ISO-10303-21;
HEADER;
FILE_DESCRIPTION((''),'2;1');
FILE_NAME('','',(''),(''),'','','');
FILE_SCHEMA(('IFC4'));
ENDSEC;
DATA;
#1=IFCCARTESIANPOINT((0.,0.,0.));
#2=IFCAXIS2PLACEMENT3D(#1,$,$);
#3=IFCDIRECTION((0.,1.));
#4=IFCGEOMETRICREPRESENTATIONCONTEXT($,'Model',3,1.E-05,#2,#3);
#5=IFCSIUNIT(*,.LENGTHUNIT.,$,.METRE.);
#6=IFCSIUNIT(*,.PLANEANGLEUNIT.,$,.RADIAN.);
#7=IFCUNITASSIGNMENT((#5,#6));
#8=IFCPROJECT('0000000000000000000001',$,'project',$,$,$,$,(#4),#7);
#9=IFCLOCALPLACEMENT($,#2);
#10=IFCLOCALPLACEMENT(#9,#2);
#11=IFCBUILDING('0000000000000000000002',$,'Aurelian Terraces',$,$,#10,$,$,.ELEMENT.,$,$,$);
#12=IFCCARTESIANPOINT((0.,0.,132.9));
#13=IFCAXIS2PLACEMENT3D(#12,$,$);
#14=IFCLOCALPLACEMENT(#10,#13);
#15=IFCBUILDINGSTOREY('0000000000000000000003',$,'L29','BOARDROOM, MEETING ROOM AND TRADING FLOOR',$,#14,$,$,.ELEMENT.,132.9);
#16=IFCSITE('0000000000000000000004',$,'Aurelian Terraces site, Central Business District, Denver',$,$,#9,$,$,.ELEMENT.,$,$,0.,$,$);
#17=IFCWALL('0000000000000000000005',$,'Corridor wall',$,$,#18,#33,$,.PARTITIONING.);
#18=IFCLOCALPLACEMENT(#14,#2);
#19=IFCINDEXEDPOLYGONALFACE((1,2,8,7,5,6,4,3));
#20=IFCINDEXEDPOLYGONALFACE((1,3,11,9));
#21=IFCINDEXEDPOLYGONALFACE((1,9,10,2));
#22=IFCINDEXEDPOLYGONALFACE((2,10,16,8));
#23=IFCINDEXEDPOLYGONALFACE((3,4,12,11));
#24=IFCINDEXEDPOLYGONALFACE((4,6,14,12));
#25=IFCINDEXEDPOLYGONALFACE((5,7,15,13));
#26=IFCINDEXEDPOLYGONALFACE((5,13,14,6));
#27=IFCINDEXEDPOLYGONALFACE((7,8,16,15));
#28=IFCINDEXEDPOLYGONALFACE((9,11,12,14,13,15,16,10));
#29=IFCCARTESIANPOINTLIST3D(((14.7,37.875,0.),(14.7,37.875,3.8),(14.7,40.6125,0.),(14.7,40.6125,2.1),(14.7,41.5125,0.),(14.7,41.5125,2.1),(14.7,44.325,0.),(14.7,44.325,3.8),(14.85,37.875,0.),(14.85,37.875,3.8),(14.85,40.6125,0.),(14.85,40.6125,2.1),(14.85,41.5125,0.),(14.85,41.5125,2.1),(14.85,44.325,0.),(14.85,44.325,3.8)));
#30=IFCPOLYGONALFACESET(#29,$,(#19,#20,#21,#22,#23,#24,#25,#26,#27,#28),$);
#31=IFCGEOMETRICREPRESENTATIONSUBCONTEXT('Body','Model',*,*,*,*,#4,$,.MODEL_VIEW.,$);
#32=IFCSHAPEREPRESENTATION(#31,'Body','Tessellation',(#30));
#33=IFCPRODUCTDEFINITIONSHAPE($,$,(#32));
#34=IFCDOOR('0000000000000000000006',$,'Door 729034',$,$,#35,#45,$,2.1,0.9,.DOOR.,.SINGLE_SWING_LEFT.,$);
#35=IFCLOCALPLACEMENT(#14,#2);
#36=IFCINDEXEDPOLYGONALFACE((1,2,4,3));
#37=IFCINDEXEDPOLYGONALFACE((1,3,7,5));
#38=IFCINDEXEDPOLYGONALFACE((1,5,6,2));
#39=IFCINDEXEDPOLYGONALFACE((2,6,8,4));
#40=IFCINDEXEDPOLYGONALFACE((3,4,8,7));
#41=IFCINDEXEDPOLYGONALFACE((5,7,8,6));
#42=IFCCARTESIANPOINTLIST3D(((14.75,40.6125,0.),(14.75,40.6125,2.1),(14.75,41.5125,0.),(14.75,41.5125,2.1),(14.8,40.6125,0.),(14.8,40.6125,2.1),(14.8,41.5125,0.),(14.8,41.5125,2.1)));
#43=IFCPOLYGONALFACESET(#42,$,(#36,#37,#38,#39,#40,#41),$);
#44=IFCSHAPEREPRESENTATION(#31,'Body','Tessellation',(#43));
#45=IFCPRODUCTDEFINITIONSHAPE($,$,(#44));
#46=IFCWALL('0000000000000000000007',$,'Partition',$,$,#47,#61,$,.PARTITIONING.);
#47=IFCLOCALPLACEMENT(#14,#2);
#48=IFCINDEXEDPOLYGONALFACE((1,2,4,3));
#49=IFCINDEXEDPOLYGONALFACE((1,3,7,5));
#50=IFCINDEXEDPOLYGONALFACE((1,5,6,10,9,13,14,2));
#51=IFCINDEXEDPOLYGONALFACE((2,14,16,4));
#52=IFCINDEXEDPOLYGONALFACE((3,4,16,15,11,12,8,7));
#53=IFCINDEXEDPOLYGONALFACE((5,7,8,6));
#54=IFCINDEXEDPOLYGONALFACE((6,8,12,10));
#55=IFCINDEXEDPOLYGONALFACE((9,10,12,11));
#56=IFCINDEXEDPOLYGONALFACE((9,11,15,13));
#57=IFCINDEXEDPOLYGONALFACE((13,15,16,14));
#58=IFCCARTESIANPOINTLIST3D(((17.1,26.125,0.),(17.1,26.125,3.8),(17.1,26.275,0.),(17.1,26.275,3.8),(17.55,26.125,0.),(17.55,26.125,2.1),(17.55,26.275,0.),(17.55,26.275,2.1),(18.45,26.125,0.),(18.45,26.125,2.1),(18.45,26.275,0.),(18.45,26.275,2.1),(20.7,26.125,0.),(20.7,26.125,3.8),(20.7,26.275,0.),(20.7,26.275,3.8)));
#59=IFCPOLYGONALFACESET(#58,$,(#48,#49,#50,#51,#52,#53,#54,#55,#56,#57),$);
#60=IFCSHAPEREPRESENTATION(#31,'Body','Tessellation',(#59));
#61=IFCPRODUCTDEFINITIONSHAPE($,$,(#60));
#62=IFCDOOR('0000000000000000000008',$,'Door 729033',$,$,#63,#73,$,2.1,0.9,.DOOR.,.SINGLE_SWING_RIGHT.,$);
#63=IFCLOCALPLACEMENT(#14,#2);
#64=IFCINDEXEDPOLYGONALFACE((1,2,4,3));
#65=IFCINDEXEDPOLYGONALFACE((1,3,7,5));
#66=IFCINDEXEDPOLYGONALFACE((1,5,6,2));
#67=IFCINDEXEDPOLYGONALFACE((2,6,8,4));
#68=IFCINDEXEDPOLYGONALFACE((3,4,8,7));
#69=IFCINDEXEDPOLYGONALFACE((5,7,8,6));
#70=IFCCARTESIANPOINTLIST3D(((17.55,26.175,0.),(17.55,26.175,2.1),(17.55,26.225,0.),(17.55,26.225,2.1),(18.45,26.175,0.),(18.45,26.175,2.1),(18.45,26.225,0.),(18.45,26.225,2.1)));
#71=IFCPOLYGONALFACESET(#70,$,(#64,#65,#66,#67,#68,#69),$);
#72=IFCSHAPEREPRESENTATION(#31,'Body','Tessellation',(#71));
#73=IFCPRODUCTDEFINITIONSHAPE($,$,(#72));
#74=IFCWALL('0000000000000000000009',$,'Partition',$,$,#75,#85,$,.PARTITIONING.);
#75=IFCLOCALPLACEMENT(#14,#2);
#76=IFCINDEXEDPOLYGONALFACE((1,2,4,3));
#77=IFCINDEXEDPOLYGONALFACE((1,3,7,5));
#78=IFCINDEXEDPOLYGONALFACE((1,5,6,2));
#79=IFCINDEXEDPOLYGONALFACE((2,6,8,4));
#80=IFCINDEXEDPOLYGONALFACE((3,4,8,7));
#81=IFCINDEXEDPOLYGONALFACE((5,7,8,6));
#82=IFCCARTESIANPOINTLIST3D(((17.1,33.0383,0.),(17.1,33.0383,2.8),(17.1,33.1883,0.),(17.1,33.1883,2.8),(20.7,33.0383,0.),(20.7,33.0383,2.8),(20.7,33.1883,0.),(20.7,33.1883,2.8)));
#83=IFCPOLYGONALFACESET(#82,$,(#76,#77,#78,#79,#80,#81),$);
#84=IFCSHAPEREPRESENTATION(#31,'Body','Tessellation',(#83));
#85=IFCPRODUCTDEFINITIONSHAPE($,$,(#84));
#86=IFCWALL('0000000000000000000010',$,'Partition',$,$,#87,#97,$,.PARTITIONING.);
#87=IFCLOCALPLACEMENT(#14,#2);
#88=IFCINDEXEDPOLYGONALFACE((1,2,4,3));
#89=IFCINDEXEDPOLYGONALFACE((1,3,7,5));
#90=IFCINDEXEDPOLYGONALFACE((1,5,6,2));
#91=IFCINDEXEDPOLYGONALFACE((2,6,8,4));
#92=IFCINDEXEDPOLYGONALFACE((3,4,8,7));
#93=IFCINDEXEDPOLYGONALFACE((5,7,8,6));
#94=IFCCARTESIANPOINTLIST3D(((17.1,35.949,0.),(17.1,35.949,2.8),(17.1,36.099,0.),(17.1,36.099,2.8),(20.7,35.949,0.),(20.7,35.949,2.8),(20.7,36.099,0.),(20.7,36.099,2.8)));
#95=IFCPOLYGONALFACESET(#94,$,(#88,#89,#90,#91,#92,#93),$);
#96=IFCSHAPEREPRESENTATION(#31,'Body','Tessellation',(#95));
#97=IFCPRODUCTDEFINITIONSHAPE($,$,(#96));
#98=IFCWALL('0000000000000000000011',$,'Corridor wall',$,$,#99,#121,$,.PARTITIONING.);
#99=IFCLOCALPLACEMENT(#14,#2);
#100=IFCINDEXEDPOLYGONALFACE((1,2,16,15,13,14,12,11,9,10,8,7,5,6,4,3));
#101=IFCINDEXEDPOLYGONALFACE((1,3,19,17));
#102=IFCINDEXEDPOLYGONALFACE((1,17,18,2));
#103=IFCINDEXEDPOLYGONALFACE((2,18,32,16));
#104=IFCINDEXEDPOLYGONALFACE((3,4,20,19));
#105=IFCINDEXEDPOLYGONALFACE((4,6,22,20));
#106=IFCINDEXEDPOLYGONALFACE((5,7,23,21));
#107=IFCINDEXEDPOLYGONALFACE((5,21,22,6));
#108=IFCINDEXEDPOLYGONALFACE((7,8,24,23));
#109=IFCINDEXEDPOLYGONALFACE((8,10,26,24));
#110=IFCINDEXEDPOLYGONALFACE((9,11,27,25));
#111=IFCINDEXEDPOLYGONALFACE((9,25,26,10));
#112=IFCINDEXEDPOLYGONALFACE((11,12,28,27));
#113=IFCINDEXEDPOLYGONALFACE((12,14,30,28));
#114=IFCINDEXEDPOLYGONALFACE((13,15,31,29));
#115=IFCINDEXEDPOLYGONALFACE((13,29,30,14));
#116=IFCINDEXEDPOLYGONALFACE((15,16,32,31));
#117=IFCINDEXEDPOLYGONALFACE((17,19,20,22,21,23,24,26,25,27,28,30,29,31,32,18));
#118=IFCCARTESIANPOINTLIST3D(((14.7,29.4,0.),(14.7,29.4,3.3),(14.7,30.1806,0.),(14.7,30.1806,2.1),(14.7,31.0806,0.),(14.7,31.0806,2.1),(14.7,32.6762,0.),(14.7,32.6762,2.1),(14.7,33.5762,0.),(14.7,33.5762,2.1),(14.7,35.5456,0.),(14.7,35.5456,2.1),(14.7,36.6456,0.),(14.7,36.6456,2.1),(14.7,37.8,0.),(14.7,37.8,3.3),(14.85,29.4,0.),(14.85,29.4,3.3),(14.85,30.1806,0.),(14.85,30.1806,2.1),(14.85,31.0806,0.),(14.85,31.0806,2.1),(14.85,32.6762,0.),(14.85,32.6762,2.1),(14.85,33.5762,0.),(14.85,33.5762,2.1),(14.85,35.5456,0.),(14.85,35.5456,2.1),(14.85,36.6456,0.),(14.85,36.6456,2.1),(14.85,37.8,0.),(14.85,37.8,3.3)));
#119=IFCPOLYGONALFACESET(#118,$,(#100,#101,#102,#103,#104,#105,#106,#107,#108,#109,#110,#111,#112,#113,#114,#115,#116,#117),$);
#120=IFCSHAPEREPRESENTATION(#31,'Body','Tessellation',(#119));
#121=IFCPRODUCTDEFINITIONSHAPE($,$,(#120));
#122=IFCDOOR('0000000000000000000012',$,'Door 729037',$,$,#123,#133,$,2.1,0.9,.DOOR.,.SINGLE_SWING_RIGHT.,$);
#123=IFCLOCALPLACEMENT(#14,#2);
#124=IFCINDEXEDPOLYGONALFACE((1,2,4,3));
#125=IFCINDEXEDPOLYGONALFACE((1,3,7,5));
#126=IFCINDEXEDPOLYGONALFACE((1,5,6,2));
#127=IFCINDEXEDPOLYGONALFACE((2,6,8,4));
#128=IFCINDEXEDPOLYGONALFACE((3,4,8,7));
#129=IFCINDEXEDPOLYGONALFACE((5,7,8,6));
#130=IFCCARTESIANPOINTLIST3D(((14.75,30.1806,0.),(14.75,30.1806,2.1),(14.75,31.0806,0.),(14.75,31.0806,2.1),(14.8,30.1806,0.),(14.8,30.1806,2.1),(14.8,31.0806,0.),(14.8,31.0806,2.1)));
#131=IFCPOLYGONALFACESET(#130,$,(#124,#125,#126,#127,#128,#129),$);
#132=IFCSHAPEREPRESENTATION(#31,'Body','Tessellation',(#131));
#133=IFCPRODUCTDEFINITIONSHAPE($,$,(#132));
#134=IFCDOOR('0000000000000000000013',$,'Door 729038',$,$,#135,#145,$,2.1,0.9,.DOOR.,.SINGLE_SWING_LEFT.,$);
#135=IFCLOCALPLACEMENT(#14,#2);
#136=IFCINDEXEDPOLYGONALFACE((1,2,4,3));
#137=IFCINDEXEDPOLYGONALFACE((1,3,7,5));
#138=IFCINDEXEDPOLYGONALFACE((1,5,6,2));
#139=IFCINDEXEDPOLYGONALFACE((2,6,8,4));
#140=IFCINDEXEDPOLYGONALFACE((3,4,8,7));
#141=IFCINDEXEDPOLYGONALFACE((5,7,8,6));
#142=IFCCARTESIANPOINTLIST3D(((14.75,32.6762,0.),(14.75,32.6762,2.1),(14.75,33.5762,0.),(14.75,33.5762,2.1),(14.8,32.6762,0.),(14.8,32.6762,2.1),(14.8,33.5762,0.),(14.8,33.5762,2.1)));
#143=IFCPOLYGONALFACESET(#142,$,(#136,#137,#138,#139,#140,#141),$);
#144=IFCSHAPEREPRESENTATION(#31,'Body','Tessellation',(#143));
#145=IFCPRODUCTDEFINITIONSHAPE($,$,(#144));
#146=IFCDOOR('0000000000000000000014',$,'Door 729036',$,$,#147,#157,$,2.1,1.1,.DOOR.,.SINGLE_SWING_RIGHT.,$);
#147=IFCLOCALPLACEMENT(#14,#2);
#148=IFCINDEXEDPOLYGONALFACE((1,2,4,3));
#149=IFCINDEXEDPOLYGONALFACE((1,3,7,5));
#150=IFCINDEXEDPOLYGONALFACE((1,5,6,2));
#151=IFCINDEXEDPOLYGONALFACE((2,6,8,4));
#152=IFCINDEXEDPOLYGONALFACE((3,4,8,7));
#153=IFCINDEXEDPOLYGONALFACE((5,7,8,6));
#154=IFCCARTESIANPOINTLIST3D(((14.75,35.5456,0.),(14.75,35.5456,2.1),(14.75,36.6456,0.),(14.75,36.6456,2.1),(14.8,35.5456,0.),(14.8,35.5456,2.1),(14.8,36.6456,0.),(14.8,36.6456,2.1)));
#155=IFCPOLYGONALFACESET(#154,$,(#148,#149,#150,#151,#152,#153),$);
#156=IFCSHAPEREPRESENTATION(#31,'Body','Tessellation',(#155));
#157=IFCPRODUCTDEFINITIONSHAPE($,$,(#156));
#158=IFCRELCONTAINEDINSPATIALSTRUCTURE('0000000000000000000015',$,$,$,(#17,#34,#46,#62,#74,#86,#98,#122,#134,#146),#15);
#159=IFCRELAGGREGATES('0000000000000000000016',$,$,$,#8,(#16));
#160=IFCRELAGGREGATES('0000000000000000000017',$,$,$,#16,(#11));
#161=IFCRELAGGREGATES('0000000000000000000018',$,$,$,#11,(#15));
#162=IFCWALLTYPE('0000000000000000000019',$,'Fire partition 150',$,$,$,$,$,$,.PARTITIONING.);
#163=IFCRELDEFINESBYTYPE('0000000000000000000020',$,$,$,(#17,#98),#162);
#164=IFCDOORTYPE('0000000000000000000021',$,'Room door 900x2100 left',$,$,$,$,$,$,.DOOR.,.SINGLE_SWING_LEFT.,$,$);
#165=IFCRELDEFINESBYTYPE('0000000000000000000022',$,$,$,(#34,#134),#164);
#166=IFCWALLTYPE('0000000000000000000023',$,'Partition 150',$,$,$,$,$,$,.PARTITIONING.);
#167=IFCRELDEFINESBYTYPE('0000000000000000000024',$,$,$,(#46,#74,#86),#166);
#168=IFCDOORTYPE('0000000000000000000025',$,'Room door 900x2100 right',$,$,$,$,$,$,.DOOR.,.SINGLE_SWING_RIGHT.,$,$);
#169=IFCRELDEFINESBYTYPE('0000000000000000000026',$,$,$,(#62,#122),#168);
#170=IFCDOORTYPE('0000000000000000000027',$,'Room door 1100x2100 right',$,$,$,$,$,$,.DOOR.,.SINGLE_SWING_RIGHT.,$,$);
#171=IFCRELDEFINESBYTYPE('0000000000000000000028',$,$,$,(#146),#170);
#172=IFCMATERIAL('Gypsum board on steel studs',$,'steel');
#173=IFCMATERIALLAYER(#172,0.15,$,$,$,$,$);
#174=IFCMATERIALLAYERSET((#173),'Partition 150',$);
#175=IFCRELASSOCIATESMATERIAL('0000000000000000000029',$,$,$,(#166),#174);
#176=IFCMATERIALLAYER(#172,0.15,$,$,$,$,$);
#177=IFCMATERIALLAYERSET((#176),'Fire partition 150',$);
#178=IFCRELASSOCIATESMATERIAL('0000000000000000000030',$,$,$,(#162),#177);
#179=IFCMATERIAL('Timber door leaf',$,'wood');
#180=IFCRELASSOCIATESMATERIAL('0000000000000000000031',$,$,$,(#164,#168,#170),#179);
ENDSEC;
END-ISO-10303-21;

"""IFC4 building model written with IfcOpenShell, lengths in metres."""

from ifc_helpers import new_model, si_unit, direction, frame, frame_2d, origin, place, context, subcontext, project, spatial, rectangle, extrude, source, transform, mapped, material, layer, layer_set, type_object, element, fill, save


model = new_model("IFC4")

# Units and contexts
model_context = context("Model", 3, precision=1e-05, world=origin(), true_north=direction((0.0, 1.0)))
body_context = subcontext(model_context, "Body", "Model", "MODEL_VIEW")
ifc_project = project(units=[si_unit("LENGTHUNIT", "METRE"), si_unit("PLANEANGLEUNIT", "RADIAN")], contexts=[model_context])

# Site, building, storey
site_placement = place(None, origin())
site = spatial("IfcSite", under=ifc_project, at=site_placement, Name="Aurelian Terraces site, Central Business District, Denver", CompositionType="ELEMENT", RefElevation=0.0)
building_placement = place(site_placement, origin())
building = spatial("IfcBuilding", under=site, at=building_placement, Name="Aurelian Terraces", CompositionType="ELEMENT")
storey_placement = place(building_placement, frame((0.0, 0.0, 132.9)))
storey = spatial("IfcBuildingStorey", under=building, at=storey_placement, Name="L29", Description="BOARDROOM, MEETING ROOM AND TRADING FLOOR", CompositionType="ELEMENT", Elevation=132.9)

# Shared definitions
ifc_material_1 = material(Name="Gypsum board on steel studs", Category="steel")
ifc_layer_1 = layer(ifc_material_1, 0.15)
ifc_layer_set_1 = layer_set([ifc_layer_1], Name="Partition 150")
wall_type_1 = type_object("IfcWallType", Name="Partition 150", PredefinedType="PARTITIONING", material=ifc_layer_set_1)

# Shared definitions
ifc_material_2 = material(Name="Timber door leaf", Category="wood")

# Walls, openings, doors
ifc_layer_2 = layer(ifc_material_1, 0.15)
ifc_layer_set_2 = layer_set([ifc_layer_2], Name="Fire partition 150")
wall_type_2 = type_object("IfcWallType", Name="Fire partition 150", PredefinedType="PARTITIONING", material=ifc_layer_set_2)
shared_shape_1 = source(origin(), body_context, "Body", "SweptSolid", [
    extrude(rectangle(XDim=6.45, YDim=0.15, at=frame_2d((3.225, 0.0))), origin(), (0.0, 0.0, 1.0), 3.8),
])
wall_1_placement = place(storey_placement, frame((14.775, 37.875, 0.0), z_axis=(0.0, 0.0, 1.0), x_axis=(0.0, 1.0, 0.0)))
wall_1 = element("IfcWall", 1, at=wall_1_placement, inside=storey, type_object=wall_type_2, Name="Corridor wall", PredefinedType="PARTITIONING", context=body_context, shape_type="MappedRepresentation", body=[
    mapped(shared_shape_1, transform((0.0, 0.0, 0.0), scale=1.0)),
])
shared_shape_2 = source(origin(), body_context, "Body", "SweptSolid", [
    extrude(rectangle(XDim=0.9, YDim=2.1, at=frame_2d((0.45, 1.05))), frame((0.0, 0.085, 0.0), z_axis=(0.0, -1.0, 0.0), x_axis=(1.0, 0.0, 0.0)), (0.0, 0.0, 1.0), 0.17),
])
opening_1_placement = place(wall_1_placement, frame((2.7375, 0.0, 0.0)))
opening_1 = element("IfcOpeningElement", 2, at=opening_1_placement, cuts=wall_1, PredefinedType="OPENING", context=body_context, shape_type="MappedRepresentation", body=[
    mapped(shared_shape_2, transform((0.0, 0.0, 0.0), scale=1.0)),
])
door_type_1 = type_object("IfcDoorType", Name="Room door 900x2100 left", OperationType="SINGLE_SWING_LEFT", PredefinedType="DOOR", material=ifc_material_2)
shared_shape_3 = source(origin(), body_context, "Body", "SweptSolid", [
    extrude(rectangle(XDim=0.9, YDim=2.1, at=frame_2d((0.45, 1.05))), frame((0.0, 0.025, 0.0), z_axis=(0.0, -1.0, 0.0), x_axis=(1.0, 0.0, 0.0)), (0.0, 0.0, 1.0), 0.05),
])
door_1_placement = place(opening_1_placement, origin())
door_1 = element("IfcDoor", 3, at=door_1_placement, inside=storey, type_object=door_type_1, Name="Door 729034", OperationType="SINGLE_SWING_LEFT", OverallHeight=2.1, OverallWidth=0.9, PredefinedType="DOOR", context=body_context, shape_type="MappedRepresentation", body=[
    mapped(shared_shape_3, transform((0.0, 0.0, 0.0), scale=1.0)),
])
fill(opening_1, door_1)
shared_shape_4 = source(origin(), body_context, "Body", "SweptSolid", [
    extrude(rectangle(XDim=3.6, YDim=0.15, at=frame_2d((1.8, 0.0))), origin(), (0.0, 0.0, 1.0), 3.8),
])
wall_2_placement = place(storey_placement, frame((17.1, 26.2, 0.0), z_axis=(0.0, 0.0, 1.0), x_axis=(1.0, 0.0, 0.0)))
wall_2 = element("IfcWall", 4, at=wall_2_placement, inside=storey, type_object=wall_type_1, Name="Partition", PredefinedType="PARTITIONING", context=body_context, shape_type="MappedRepresentation", body=[
    mapped(shared_shape_4, transform((0.0, 0.0, 0.0), scale=1.0)),
])
opening_2_placement = place(wall_2_placement, frame((0.45, 0.0, 0.0)))
opening_2 = element("IfcOpeningElement", 5, at=opening_2_placement, cuts=wall_2, PredefinedType="OPENING", context=body_context, shape_type="MappedRepresentation", body=[
    mapped(shared_shape_2, transform((0.0, 0.0, 0.0), scale=1.0)),
])
door_type_2 = type_object("IfcDoorType", Name="Room door 900x2100 right", OperationType="SINGLE_SWING_RIGHT", PredefinedType="DOOR", material=ifc_material_2)
door_2_placement = place(opening_2_placement, origin())
door_2 = element("IfcDoor", 6, at=door_2_placement, inside=storey, type_object=door_type_2, Name="Door 729033", OperationType="SINGLE_SWING_RIGHT", OverallHeight=2.1, OverallWidth=0.9, PredefinedType="DOOR", context=body_context, shape_type="MappedRepresentation", body=[
    mapped(shared_shape_3, transform((0.0, 0.0, 0.0), scale=1.0)),
])
fill(opening_2, door_2)

# Walls
shared_shape_5 = source(origin(), body_context, "Body", "SweptSolid", [
    extrude(rectangle(XDim=3.6, YDim=0.15, at=frame_2d((1.8, 0.0))), origin(), (0.0, 0.0, 1.0), 2.8),
])
for number, where, z_axis, x_axis, name in (
    (7, (17.1, 33.1133, 0.0), (0.0, 0.0, 1.0), (1.0, 0.0, 0.0), "Partition"),
    (8, (17.1, 36.024, 0.0), (0.0, 0.0, 1.0), (1.0, 0.0, 0.0), "Partition"),
):
    element("IfcWall", number, at=place(storey_placement, frame(where, z_axis=z_axis, x_axis=x_axis)), inside=storey, type_object=wall_type_1, Name=name, PredefinedType="PARTITIONING", context=body_context, shape_type="MappedRepresentation", body=[
        mapped(shared_shape_5, transform((0.0, 0.0, 0.0), scale=1.0)),
    ])

# Wall, openings, doors
shared_shape_6 = source(origin(), body_context, "Body", "SweptSolid", [
    extrude(rectangle(XDim=8.4, YDim=0.15, at=frame_2d((4.2, 0.0))), origin(), (0.0, 0.0, 1.0), 3.3),
])
wall_3_placement = place(storey_placement, frame((14.775, 29.4, 0.0), z_axis=(0.0, 0.0, 1.0), x_axis=(0.0, 1.0, 0.0)))
wall_3 = element("IfcWall", 9, at=wall_3_placement, inside=storey, type_object=wall_type_2, Name="Corridor wall", PredefinedType="PARTITIONING", context=body_context, shape_type="MappedRepresentation", body=[
    mapped(shared_shape_6, transform((0.0, 0.0, 0.0), scale=1.0)),
])
shared_shape_7 = source(origin(), body_context, "Body", "SweptSolid", [
    extrude(rectangle(XDim=1.1, YDim=2.1, at=frame_2d((0.55, 1.05))), frame((0.0, 0.085, 0.0), z_axis=(0.0, -1.0, 0.0), x_axis=(1.0, 0.0, 0.0)), (0.0, 0.0, 1.0), 0.17),
])
opening_3_placement = place(wall_3_placement, frame((6.1456, 0.0, 0.0)))
opening_3 = element("IfcOpeningElement", 10, at=opening_3_placement, cuts=wall_3, PredefinedType="OPENING", context=body_context, shape_type="MappedRepresentation", body=[
    mapped(shared_shape_7, transform((0.0, 0.0, 0.0), scale=1.0)),
])
opening_4_placement = place(wall_3_placement, frame((0.7806, 0.0, 0.0)))
opening_4 = element("IfcOpeningElement", 11, at=opening_4_placement, cuts=wall_3, PredefinedType="OPENING", context=body_context, shape_type="MappedRepresentation", body=[
    mapped(shared_shape_2, transform((0.0, 0.0, 0.0), scale=1.0)),
])
opening_5_placement = place(wall_3_placement, frame((3.2762, 0.0, 0.0)))
opening_5 = element("IfcOpeningElement", 12, at=opening_5_placement, cuts=wall_3, PredefinedType="OPENING", context=body_context, shape_type="MappedRepresentation", body=[
    mapped(shared_shape_2, transform((0.0, 0.0, 0.0), scale=1.0)),
])
door_3_placement = place(opening_4_placement, origin())
door_3 = element("IfcDoor", 13, at=door_3_placement, inside=storey, type_object=door_type_2, Name="Door 729037", OperationType="SINGLE_SWING_RIGHT", OverallHeight=2.1, OverallWidth=0.9, PredefinedType="DOOR", context=body_context, shape_type="MappedRepresentation", body=[
    mapped(shared_shape_3, transform((0.0, 0.0, 0.0), scale=1.0)),
])
fill(opening_4, door_3)
door_4_placement = place(opening_5_placement, origin())
door_4 = element("IfcDoor", 14, at=door_4_placement, inside=storey, type_object=door_type_1, Name="Door 729038", OperationType="SINGLE_SWING_LEFT", OverallHeight=2.1, OverallWidth=0.9, PredefinedType="DOOR", context=body_context, shape_type="MappedRepresentation", body=[
    mapped(shared_shape_3, transform((0.0, 0.0, 0.0), scale=1.0)),
])
fill(opening_5, door_4)
door_type_3 = type_object("IfcDoorType", Name="Room door 1100x2100 right", OperationType="SINGLE_SWING_RIGHT", PredefinedType="DOOR", material=ifc_material_2)
shared_shape_8 = source(origin(), body_context, "Body", "SweptSolid", [
    extrude(rectangle(XDim=1.1, YDim=2.1, at=frame_2d((0.55, 1.05))), frame((0.0, 0.025, 0.0), z_axis=(0.0, -1.0, 0.0), x_axis=(1.0, 0.0, 0.0)), (0.0, 0.0, 1.0), 0.05),
])
door_5_placement = place(opening_3_placement, origin())
door_5 = element("IfcDoor", 15, at=door_5_placement, inside=storey, type_object=door_type_3, Name="Door 729036", OperationType="SINGLE_SWING_RIGHT", OverallHeight=2.1, OverallWidth=1.1, PredefinedType="DOOR", context=body_context, shape_type="MappedRepresentation", body=[
    mapped(shared_shape_8, transform((0.0, 0.0, 0.0), scale=1.0)),
])
fill(opening_3, door_5)

save(model, "model.ifc")
